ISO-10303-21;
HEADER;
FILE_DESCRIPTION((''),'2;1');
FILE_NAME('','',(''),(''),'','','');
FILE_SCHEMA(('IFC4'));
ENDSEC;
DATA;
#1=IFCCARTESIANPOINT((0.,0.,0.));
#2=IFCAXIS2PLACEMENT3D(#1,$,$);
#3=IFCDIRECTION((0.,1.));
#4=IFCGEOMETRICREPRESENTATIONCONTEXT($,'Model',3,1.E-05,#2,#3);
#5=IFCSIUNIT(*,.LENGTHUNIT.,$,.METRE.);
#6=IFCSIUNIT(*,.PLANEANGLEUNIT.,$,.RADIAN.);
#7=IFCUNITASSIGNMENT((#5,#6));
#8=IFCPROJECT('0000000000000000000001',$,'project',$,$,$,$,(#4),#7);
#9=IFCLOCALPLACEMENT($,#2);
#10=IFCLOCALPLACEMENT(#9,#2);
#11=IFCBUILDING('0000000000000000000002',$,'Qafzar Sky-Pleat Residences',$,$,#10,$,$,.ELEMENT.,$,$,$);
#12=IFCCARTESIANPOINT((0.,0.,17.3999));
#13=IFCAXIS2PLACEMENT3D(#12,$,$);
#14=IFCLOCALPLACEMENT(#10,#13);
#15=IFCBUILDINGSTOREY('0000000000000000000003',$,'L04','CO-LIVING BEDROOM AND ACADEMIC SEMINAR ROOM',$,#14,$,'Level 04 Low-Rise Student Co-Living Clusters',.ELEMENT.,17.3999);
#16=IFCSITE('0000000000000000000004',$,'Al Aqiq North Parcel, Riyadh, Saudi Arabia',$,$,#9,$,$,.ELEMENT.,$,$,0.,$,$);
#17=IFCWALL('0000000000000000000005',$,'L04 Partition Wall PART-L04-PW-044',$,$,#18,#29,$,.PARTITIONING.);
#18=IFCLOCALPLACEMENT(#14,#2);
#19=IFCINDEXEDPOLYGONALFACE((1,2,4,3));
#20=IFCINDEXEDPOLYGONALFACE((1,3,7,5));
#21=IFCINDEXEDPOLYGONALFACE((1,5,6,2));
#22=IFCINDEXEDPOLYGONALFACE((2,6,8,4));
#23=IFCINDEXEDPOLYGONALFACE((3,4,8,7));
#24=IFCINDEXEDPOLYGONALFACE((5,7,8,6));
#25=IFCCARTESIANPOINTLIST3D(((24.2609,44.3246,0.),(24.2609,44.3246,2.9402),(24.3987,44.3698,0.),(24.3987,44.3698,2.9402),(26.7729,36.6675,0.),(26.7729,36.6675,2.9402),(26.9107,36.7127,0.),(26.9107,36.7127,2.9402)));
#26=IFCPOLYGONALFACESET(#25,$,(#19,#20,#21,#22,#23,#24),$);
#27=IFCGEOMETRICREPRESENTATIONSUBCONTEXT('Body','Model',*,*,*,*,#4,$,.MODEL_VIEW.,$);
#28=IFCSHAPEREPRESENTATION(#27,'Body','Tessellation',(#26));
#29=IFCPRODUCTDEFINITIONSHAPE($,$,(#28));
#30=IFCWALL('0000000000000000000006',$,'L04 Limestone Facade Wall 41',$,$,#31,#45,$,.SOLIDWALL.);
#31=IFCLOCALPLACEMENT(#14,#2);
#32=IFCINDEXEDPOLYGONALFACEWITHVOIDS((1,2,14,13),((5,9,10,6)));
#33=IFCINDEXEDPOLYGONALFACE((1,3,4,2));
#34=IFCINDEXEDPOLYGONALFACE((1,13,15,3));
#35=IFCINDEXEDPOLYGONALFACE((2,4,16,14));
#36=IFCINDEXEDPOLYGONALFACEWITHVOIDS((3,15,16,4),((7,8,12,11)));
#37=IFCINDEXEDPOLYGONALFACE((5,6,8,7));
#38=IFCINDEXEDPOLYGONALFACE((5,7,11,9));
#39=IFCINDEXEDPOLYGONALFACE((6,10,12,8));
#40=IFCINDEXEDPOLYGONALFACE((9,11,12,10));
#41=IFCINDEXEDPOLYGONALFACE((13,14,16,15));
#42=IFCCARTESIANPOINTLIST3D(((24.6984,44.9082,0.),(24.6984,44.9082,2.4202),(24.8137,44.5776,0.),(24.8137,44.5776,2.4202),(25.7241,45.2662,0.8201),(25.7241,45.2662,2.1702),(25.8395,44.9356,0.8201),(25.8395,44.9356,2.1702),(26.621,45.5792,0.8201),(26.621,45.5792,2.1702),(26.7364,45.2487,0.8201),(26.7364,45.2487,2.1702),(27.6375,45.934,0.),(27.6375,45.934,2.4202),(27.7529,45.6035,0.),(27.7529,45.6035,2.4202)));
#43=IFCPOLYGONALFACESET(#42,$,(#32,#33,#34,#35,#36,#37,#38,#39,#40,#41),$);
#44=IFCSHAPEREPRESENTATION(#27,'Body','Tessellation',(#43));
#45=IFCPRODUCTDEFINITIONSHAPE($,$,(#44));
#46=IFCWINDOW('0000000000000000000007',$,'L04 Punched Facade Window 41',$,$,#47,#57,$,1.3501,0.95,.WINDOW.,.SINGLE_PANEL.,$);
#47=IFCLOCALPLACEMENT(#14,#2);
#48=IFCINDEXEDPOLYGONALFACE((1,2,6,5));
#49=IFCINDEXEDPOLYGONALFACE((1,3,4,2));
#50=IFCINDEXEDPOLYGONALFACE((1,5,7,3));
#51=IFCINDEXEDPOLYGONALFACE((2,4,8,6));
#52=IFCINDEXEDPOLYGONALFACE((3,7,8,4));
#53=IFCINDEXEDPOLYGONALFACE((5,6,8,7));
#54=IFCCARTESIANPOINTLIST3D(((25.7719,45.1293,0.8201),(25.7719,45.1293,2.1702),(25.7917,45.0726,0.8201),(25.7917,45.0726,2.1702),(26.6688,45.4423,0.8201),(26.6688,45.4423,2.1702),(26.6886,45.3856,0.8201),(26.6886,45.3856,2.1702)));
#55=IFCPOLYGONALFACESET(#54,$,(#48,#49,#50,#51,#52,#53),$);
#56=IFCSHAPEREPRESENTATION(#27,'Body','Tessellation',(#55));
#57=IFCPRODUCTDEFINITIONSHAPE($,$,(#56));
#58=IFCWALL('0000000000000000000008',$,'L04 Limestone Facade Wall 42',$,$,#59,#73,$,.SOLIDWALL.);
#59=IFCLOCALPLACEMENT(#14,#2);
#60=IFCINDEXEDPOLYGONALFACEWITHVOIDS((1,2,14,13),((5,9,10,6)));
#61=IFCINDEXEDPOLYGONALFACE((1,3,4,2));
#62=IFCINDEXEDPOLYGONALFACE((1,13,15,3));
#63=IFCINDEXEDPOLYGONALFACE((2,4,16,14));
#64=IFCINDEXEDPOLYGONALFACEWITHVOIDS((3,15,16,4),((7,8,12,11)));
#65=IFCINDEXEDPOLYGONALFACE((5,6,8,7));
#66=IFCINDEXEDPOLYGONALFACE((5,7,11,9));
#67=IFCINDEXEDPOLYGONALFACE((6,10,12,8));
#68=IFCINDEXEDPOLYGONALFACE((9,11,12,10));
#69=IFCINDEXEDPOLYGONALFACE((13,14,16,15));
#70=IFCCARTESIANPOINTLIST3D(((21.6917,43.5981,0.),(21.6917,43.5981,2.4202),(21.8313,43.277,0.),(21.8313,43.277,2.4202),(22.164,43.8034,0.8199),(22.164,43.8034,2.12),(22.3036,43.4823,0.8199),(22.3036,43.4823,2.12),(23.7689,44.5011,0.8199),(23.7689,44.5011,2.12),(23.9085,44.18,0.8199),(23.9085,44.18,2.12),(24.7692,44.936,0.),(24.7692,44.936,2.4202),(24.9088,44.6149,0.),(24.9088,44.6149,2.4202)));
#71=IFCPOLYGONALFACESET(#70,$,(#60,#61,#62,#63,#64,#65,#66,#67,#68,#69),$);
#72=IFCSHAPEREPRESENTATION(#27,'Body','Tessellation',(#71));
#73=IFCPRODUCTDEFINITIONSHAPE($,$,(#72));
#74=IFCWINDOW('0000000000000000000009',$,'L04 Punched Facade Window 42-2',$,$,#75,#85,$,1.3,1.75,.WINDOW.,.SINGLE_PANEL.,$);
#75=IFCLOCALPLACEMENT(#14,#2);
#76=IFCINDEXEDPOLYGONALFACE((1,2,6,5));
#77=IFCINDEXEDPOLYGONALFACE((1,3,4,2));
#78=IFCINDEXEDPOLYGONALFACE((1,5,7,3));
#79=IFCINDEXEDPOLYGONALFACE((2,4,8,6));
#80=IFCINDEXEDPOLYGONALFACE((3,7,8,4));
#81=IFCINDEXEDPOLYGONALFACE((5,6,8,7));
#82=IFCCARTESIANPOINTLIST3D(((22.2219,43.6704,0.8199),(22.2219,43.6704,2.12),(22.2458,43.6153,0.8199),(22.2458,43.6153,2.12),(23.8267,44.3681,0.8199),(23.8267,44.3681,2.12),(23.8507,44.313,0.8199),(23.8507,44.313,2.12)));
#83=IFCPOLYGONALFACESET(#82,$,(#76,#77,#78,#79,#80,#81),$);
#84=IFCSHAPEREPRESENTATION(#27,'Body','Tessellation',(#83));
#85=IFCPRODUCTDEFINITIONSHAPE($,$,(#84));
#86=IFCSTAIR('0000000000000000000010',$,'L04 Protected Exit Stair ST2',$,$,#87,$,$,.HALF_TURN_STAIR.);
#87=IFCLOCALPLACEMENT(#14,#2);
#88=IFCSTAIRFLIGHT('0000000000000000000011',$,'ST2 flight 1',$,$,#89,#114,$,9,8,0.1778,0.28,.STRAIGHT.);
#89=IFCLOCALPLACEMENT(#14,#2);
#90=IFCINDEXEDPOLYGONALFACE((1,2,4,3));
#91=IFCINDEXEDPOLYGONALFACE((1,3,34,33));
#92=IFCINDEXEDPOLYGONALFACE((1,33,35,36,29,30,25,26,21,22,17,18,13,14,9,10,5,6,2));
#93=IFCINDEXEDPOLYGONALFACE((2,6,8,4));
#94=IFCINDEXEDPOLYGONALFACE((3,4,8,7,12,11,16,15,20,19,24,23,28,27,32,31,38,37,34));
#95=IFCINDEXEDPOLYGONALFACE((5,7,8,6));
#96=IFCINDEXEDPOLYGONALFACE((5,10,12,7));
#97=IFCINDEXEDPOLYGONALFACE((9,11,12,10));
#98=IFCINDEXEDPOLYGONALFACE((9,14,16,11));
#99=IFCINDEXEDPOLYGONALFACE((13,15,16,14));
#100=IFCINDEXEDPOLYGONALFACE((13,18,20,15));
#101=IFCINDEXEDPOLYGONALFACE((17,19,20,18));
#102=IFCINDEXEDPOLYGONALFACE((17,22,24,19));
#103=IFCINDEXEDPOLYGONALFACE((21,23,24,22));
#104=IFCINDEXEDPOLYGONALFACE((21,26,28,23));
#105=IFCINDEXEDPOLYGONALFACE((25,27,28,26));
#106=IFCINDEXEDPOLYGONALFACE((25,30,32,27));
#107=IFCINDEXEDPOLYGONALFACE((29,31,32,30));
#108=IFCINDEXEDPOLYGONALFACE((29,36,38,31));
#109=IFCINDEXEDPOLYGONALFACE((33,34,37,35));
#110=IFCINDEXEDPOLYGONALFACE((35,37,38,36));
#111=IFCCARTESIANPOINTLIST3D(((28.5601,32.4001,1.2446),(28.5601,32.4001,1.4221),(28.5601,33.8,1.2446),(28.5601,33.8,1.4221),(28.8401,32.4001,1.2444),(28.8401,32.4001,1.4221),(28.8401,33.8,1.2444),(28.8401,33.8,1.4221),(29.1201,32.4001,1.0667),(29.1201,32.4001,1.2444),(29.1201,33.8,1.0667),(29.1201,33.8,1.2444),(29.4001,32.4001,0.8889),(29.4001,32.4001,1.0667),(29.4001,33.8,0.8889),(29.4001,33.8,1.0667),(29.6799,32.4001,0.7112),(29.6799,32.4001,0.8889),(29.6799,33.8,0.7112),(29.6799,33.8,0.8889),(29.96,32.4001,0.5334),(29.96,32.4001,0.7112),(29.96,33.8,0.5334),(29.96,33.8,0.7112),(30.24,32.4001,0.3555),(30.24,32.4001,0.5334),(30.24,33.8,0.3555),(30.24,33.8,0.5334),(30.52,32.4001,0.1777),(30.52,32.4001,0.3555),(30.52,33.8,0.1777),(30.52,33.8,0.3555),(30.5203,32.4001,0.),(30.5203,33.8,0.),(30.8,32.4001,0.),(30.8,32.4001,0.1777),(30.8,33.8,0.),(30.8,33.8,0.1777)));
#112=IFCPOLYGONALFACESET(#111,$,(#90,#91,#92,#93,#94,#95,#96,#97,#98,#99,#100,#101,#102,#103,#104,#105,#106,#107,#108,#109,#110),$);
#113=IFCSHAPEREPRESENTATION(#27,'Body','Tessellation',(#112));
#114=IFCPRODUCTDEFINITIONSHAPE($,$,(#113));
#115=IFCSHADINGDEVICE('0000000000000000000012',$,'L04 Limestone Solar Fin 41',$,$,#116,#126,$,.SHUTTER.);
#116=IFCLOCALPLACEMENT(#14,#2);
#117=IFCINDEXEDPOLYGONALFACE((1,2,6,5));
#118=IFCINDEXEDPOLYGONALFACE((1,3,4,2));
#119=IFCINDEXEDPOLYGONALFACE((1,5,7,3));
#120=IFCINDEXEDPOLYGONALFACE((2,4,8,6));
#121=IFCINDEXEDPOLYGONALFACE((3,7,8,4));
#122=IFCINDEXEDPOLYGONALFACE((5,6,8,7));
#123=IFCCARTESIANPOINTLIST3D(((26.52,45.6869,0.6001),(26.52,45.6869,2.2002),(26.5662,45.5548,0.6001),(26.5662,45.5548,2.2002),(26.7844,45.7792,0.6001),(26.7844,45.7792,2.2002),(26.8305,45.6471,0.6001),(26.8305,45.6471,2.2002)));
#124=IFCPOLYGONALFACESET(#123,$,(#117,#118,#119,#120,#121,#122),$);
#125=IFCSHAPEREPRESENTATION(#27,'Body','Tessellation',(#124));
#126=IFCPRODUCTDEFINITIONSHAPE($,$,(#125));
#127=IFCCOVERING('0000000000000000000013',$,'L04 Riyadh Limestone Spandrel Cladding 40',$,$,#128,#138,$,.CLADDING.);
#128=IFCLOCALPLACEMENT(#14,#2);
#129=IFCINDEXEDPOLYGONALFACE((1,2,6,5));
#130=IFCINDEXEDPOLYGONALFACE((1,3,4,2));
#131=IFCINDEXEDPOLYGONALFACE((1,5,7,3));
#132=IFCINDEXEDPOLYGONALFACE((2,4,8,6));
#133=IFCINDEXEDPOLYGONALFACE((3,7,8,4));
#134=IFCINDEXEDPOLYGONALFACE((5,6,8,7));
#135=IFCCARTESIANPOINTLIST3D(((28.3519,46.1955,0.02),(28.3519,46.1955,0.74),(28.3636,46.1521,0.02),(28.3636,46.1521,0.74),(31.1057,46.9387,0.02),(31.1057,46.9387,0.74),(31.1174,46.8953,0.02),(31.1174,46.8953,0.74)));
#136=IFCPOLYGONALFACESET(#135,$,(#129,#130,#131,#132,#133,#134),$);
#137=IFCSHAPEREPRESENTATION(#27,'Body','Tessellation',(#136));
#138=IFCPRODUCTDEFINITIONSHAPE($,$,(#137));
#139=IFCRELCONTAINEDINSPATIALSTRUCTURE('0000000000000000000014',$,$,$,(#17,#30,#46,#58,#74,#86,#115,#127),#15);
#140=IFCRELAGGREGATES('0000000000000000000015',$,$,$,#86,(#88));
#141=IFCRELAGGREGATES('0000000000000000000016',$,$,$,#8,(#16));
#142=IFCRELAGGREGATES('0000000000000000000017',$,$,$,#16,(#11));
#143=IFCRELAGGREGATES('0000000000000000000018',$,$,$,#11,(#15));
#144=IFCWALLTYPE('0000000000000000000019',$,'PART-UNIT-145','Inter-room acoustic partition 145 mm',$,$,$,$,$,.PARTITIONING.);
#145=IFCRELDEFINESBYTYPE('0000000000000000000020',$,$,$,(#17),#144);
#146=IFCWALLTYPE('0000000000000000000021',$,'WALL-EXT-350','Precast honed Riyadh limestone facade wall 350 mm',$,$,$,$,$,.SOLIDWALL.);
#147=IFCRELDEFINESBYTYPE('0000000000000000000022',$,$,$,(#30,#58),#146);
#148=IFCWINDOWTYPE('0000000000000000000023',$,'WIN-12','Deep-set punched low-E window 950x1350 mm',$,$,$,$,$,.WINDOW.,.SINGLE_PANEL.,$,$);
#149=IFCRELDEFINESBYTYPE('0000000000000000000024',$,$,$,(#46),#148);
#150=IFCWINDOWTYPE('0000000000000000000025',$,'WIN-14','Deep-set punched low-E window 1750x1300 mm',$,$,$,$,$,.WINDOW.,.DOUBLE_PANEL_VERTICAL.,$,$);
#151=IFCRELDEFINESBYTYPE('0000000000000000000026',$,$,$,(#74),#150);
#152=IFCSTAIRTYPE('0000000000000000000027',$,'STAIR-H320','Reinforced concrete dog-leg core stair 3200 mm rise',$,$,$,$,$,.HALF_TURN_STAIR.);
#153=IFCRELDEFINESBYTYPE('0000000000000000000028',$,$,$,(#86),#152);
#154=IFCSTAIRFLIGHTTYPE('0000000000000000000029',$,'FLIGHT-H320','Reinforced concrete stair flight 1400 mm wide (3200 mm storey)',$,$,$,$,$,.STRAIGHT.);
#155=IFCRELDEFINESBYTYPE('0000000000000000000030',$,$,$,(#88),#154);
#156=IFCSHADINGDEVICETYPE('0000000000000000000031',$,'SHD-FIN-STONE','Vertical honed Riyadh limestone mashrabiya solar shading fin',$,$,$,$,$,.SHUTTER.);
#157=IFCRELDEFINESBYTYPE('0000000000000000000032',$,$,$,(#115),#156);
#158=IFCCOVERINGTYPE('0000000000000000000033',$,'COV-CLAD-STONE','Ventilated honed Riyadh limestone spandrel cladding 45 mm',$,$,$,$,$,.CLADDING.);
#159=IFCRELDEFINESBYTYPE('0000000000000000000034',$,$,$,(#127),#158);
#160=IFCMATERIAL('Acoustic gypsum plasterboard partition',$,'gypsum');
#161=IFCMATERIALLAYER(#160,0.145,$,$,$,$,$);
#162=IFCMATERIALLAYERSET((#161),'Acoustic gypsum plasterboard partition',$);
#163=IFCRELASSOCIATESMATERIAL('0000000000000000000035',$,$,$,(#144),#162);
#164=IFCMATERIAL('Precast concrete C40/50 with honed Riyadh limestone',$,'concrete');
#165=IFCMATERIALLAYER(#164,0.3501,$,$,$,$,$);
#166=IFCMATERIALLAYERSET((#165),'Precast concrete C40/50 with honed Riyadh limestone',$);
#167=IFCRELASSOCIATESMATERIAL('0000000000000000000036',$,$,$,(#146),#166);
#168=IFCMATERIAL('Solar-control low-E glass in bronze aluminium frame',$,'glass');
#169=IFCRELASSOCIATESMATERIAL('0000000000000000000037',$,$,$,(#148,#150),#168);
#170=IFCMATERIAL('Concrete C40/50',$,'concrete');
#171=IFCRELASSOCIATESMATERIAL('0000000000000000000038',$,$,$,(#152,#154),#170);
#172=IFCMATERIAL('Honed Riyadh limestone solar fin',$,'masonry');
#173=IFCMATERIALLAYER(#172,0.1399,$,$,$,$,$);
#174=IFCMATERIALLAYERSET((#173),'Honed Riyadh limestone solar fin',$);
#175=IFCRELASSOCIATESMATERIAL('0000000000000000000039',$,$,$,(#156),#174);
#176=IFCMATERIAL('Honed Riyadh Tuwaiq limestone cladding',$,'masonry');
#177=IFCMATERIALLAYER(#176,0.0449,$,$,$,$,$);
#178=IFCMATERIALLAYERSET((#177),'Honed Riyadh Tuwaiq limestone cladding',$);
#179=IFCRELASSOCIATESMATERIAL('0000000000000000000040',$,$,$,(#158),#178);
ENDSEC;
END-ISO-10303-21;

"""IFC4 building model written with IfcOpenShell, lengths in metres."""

from ifc_helpers import new_model, si_unit, direction, frame, frame_2d, origin, origin_2d, place, context, subcontext, project, spatial, polyline, rectangle, outline, extrude, source, transform, mapped, material, layer, layer_set, type_object, element, fill, aggregate, save


model = new_model("IFC4")

# Units and contexts
model_context = context("Model", 3, precision=1e-05, world=origin(), true_north=direction((0.0, 1.0)))
body_context = subcontext(model_context, "Body", "Model", "MODEL_VIEW")
ifc_project = project(units=[si_unit("LENGTHUNIT", "METRE"), si_unit("PLANEANGLEUNIT", "RADIAN")], contexts=[model_context])

# Site, building, storey
site_placement = place(None, origin())
site = spatial("IfcSite", under=ifc_project, at=site_placement, Name="Al Aqiq North Parcel, Riyadh, Saudi Arabia", CompositionType="ELEMENT", RefElevation=0.0)
building_placement = place(site_placement, origin())
building = spatial("IfcBuilding", under=site, at=building_placement, Name="Qafzar Sky-Pleat Residences", CompositionType="ELEMENT")
storey_placement = place(building_placement, frame((0.0, 0.0, 17.3999)))
storey = spatial("IfcBuildingStorey", under=building, at=storey_placement, Name="L04", Description="CO-LIVING BEDROOM AND ACADEMIC SEMINAR ROOM", LongName="Level 04 Low-Rise Student Co-Living Clusters", CompositionType="ELEMENT", Elevation=17.3999)

# Shared definitions
ifc_material_1 = material(Name="Acoustic gypsum plasterboard partition", Category="gypsum")

# Wall
ifc_layer_1 = layer(ifc_material_1, 0.145)
ifc_layer_set_1 = layer_set([ifc_layer_1], Name="Acoustic gypsum plasterboard partition")
wall_type_1 = type_object("IfcWallType", Name="PART-UNIT-145", Description="Inter-room acoustic partition 145 mm", PredefinedType="PARTITIONING", material=ifc_layer_set_1)
wall_1_placement = place(storey_placement, frame((24.3298, 44.3472, 0.0), z_axis=(0.0, 0.0, 1.0), x_axis=(0.311716, -0.950175, 0.0)))
element("IfcWall", 1, at=wall_1_placement, inside=storey, type_object=wall_type_1, Name="L04 Partition Wall PART-L04-PW-044", PredefinedType="PARTITIONING", context=body_context, shape_type="SweptSolid", body=[
    extrude(rectangle(XDim=8.0586, YDim=0.145, at=frame_2d((4.0293, 0.0))), origin(), (0.0, 0.0, 1.0), 2.9402),
])

# Walls, openings, windows
ifc_material_2 = material(Name="Precast concrete C40/50 with honed Riyadh limestone", Category="concrete")
ifc_layer_2 = layer(ifc_material_2, 0.3501)
ifc_layer_set_2 = layer_set([ifc_layer_2], Name="Precast concrete C40/50 with honed Riyadh limestone")
wall_type_2 = type_object("IfcWallType", Name="WALL-EXT-350", Description="Precast honed Riyadh limestone facade wall 350 mm", PredefinedType="SOLIDWALL", material=ifc_layer_set_2)
wall_2_placement = place(storey_placement, frame((27.6953, 45.7688, 0.0), z_axis=(0.0, 0.0, 1.0), x_axis=(-0.944143, -0.329536, 0.0)))
wall_2 = element("IfcWall", 2, at=wall_2_placement, inside=storey, type_object=wall_type_2, Name="L04 Limestone Facade Wall 41", PredefinedType="SOLIDWALL", context=body_context, shape_type="SweptSolid", body=[
    extrude(rectangle(XDim=3.113, YDim=0.3501, at=frame_2d((1.5566, 0.0))), origin(), (0.0, 0.0, 1.0), 2.4202),
])
opening_1_placement = place(wall_2_placement, frame((1.0767, 0.0, 0.8201)))
opening_1 = element("IfcOpeningElement", 3, at=opening_1_placement, cuts=wall_2, PredefinedType="OPENING", context=body_context, shape_type="SweptSolid", body=[
    extrude(rectangle(XDim=0.95, YDim=1.3501, at=frame_2d((0.4751, 0.675))), frame((0.0, 0.1851, 0.0), z_axis=(0.0, -1.0, 0.0), x_axis=(1.0, 0.0, 0.0)), (0.0, 0.0, 1.0), 0.3701),
])
ifc_material_3 = material(Name="Solar-control low-E glass in bronze aluminium frame", Category="glass")
window_type_1 = type_object("IfcWindowType", Name="WIN-12", Description="Deep-set punched low-E window 950x1350 mm", PartitioningType="SINGLE_PANEL", PredefinedType="WINDOW", material=ifc_material_3)
shared_shape_1 = source(origin(), body_context, "Body", "SweptSolid", [
    extrude(rectangle(XDim=0.95, YDim=1.3501, at=frame_2d((0.4751, 0.675))), frame((0.0, 0.03, 0.0), z_axis=(0.0, -1.0, 0.0), x_axis=(1.0, 0.0, 0.0)), (0.0, 0.0, 1.0), 0.0601),
])
window_1_placement = place(opening_1_placement, origin())
window_1 = element("IfcWindow", 4, at=window_1_placement, inside=storey, type_object=window_type_1, Name="L04 Punched Facade Window 41", OverallHeight=1.3501, OverallWidth=0.95, PartitioningType="SINGLE_PANEL", PredefinedType="WINDOW", context=body_context, shape_type="MappedRepresentation", body=[
    mapped(shared_shape_1, transform((0.0, 0.0, 0.0), x_axis=(1.0, 0.0, 0.0), y_axis=(0.0, 1.0, 0.0), z_axis=(0.0, 0.0, 1.0), scale=1.0)),
])
fill(opening_1, window_1)
wall_3_placement = place(storey_placement, frame((24.8389, 44.7754, 0.0), z_axis=(0.0, 0.0, 1.0), x_axis=(-0.917082, -0.3987, 0.0)))
wall_3 = element("IfcWall", 5, at=wall_3_placement, inside=storey, type_object=wall_type_2, Name="L04 Limestone Facade Wall 42", PredefinedType="SOLIDWALL", context=body_context, shape_type="SweptSolid", body=[
    extrude(rectangle(XDim=3.3557, YDim=0.3501, at=frame_2d((1.6777, 0.0))), origin(), (0.0, 0.0, 1.0), 2.4202),
])
opening_2_placement = place(wall_3_placement, frame((1.0906, 0.0, 0.8201)))
opening_2 = element("IfcOpeningElement", 6, at=opening_2_placement, cuts=wall_3, PredefinedType="OPENING", context=body_context, shape_type="SweptSolid", body=[
    extrude(rectangle(XDim=1.75, YDim=1.3, at=frame_2d((0.875, 0.6499))), frame((0.0, 0.1851, 0.0), z_axis=(0.0, -1.0, 0.0), x_axis=(1.0, 0.0, 0.0)), (0.0, 0.0, 1.0), 0.3701),
])
window_type_2 = type_object("IfcWindowType", Name="WIN-14", Description="Deep-set punched low-E window 1750x1300 mm", PartitioningType="DOUBLE_PANEL_VERTICAL", PredefinedType="WINDOW", material=ifc_material_3)
shared_shape_2 = source(origin(), body_context, "Body", "SweptSolid", [
    extrude(rectangle(XDim=1.75, YDim=1.3, at=frame_2d((0.875, 0.6499))), frame((0.0, 0.03, 0.0), z_axis=(0.0, -1.0, 0.0), x_axis=(1.0, 0.0, 0.0)), (0.0, 0.0, 1.0), 0.0601),
])
window_2_placement = place(opening_2_placement, origin())
window_2 = element("IfcWindow", 7, at=window_2_placement, inside=storey, type_object=window_type_2, Name="L04 Punched Facade Window 42-2", OverallHeight=1.3, OverallWidth=1.75, PartitioningType="SINGLE_PANEL", PredefinedType="WINDOW", context=body_context, shape_type="MappedRepresentation", body=[
    mapped(shared_shape_2, transform((0.0, 0.0, 0.0), x_axis=(1.0, 0.0, 0.0), y_axis=(0.0, 1.0, 0.0), z_axis=(0.0, 0.0, 1.0), scale=1.0)),
])
fill(opening_2, window_2)

# Stair, stair flight
ifc_material_4 = material(Name="Concrete C40/50", Category="concrete")
stair_type = type_object("IfcStairType", Name="STAIR-H320", Description="Reinforced concrete dog-leg core stair 3200 mm rise", PredefinedType="HALF_TURN_STAIR", material=ifc_material_4)
stair_placement = place(storey_placement, origin())
stair = element("IfcStair", 8, at=stair_placement, inside=storey, type_object=stair_type, Name="L04 Protected Exit Stair ST2", PredefinedType="HALF_TURN_STAIR")
stair_flight_type = type_object("IfcStairFlightType", Name="FLIGHT-H320", Description="Reinforced concrete stair flight 1400 mm wide (3200 mm storey)", PredefinedType="STRAIGHT", material=ifc_material_4)
shared_shape_3 = source(origin(), body_context, "Body", "SweptSolid", [
    extrude(outline(polyline([(0.0, 0.0), (0.0, 0.1777), (0.28, 0.1777), (0.28, 0.3555), (0.5601, 0.3555), (0.5601, 0.5334), (0.8401, 0.5334), (0.8401, 0.7112), (1.1201, 0.7112), (1.1201, 0.8889), (1.3999, 0.8889), (1.3999, 1.0667), (1.6799, 1.0667), (1.6799, 1.2444), (1.96, 1.2444), (1.96, 1.4221), (2.24, 1.4221), (2.24, 1.6001), (2.24, 1.2446), (0.2798, 0.0), (0.0, 0.0)])), frame((0.0, 0.7, 0.0), z_axis=(0.0, -1.0, 0.0), x_axis=(1.0, 0.0, 0.0)), (0.0, 0.0, 1.0), 1.3999),
])
stair_flight_placement = place(storey_placement, frame((30.8, 33.1001, 0.0), z_axis=(0.0, 0.0, 1.0), x_axis=(-1.0, 0.0, 0.0)))
stair_flight = element("IfcStairFlight", 9, at=stair_flight_placement, type_object=stair_flight_type, Name="ST2 flight 1", NumberOfRisers=9, NumberOfTreads=8, PredefinedType="STRAIGHT", RiserHeight=0.1778, TreadLength=0.28, context=body_context, shape_type="MappedRepresentation", body=[
    mapped(shared_shape_3, transform((0.0, 0.0, 0.0), x_axis=(1.0, 0.0, 0.0), y_axis=(0.0, 1.0, 0.0), z_axis=(0.0, 0.0, 1.0), scale=1.0)),
])
aggregate(stair, [stair_flight])

# Shading device
ifc_material_5 = material(Name="Honed Riyadh limestone solar fin", Category="masonry")
ifc_layer_3 = layer(ifc_material_5, 0.1399)
ifc_layer_set_3 = layer_set([ifc_layer_3], Name="Honed Riyadh limestone solar fin")
shading_device_type = type_object("IfcShadingDeviceType", Name="SHD-FIN-STONE", Description="Vertical honed Riyadh limestone mashrabiya solar shading fin", PredefinedType="SHUTTER", material=ifc_layer_set_3)
shared_shape_4 = source(origin(), body_context, "Body", "SweptSolid", [
    extrude(rectangle(XDim=0.1399, YDim=0.28, at=origin_2d()), origin(), (0.0, 0.0, 1.0), 1.6001),
])
shading_device_placement = place(storey_placement, frame((26.6753, 45.667, 0.6001), z_axis=(0.0, 0.0, 1.0), x_axis=(-0.329573, 0.94413, 0.0)))
element("IfcShadingDevice", 10, at=shading_device_placement, inside=storey, type_object=shading_device_type, Name="L04 Limestone Solar Fin 41", PredefinedType="SHUTTER", context=body_context, shape_type="MappedRepresentation", body=[
    mapped(shared_shape_4, transform((0.0, 0.0, 0.0), x_axis=(1.0, 0.0, 0.0), y_axis=(0.0, 1.0, 0.0), z_axis=(0.0, 0.0, 1.0), scale=1.0)),
])

# Covering
ifc_material_6 = material(Name="Honed Riyadh Tuwaiq limestone cladding", Category="masonry")
ifc_layer_4 = layer(ifc_material_6, 0.0449)
ifc_layer_set_4 = layer_set([ifc_layer_4], Name="Honed Riyadh Tuwaiq limestone cladding")
covering_type = type_object("IfcCoveringType", Name="COV-CLAD-STONE", Description="Ventilated honed Riyadh limestone spandrel cladding 45 mm", PredefinedType="CLADDING", material=ifc_layer_set_4)
shared_shape_5 = source(origin(), body_context, "Body", "SweptSolid", [
    extrude(rectangle(XDim=2.8523, YDim=0.0449, at=origin_2d()), origin(), (0.0, 0.0, 1.0), 0.72),
])
covering_placement = place(storey_placement, frame((29.7346, 46.5454, 0.02), z_axis=(0.0, 0.0, 1.0), x_axis=(-0.965459, -0.260556, 0.0)))
element("IfcCovering", 11, at=covering_placement, inside=storey, type_object=covering_type, Name="L04 Riyadh Limestone Spandrel Cladding 40", PredefinedType="CLADDING", context=body_context, shape_type="MappedRepresentation", body=[
    mapped(shared_shape_5, transform((0.0, 0.0, 0.0), x_axis=(1.0, 0.0, 0.0), y_axis=(0.0, 1.0, 0.0), z_axis=(0.0, 0.0, 1.0), scale=1.0)),
])

save(model, "model.ifc")
